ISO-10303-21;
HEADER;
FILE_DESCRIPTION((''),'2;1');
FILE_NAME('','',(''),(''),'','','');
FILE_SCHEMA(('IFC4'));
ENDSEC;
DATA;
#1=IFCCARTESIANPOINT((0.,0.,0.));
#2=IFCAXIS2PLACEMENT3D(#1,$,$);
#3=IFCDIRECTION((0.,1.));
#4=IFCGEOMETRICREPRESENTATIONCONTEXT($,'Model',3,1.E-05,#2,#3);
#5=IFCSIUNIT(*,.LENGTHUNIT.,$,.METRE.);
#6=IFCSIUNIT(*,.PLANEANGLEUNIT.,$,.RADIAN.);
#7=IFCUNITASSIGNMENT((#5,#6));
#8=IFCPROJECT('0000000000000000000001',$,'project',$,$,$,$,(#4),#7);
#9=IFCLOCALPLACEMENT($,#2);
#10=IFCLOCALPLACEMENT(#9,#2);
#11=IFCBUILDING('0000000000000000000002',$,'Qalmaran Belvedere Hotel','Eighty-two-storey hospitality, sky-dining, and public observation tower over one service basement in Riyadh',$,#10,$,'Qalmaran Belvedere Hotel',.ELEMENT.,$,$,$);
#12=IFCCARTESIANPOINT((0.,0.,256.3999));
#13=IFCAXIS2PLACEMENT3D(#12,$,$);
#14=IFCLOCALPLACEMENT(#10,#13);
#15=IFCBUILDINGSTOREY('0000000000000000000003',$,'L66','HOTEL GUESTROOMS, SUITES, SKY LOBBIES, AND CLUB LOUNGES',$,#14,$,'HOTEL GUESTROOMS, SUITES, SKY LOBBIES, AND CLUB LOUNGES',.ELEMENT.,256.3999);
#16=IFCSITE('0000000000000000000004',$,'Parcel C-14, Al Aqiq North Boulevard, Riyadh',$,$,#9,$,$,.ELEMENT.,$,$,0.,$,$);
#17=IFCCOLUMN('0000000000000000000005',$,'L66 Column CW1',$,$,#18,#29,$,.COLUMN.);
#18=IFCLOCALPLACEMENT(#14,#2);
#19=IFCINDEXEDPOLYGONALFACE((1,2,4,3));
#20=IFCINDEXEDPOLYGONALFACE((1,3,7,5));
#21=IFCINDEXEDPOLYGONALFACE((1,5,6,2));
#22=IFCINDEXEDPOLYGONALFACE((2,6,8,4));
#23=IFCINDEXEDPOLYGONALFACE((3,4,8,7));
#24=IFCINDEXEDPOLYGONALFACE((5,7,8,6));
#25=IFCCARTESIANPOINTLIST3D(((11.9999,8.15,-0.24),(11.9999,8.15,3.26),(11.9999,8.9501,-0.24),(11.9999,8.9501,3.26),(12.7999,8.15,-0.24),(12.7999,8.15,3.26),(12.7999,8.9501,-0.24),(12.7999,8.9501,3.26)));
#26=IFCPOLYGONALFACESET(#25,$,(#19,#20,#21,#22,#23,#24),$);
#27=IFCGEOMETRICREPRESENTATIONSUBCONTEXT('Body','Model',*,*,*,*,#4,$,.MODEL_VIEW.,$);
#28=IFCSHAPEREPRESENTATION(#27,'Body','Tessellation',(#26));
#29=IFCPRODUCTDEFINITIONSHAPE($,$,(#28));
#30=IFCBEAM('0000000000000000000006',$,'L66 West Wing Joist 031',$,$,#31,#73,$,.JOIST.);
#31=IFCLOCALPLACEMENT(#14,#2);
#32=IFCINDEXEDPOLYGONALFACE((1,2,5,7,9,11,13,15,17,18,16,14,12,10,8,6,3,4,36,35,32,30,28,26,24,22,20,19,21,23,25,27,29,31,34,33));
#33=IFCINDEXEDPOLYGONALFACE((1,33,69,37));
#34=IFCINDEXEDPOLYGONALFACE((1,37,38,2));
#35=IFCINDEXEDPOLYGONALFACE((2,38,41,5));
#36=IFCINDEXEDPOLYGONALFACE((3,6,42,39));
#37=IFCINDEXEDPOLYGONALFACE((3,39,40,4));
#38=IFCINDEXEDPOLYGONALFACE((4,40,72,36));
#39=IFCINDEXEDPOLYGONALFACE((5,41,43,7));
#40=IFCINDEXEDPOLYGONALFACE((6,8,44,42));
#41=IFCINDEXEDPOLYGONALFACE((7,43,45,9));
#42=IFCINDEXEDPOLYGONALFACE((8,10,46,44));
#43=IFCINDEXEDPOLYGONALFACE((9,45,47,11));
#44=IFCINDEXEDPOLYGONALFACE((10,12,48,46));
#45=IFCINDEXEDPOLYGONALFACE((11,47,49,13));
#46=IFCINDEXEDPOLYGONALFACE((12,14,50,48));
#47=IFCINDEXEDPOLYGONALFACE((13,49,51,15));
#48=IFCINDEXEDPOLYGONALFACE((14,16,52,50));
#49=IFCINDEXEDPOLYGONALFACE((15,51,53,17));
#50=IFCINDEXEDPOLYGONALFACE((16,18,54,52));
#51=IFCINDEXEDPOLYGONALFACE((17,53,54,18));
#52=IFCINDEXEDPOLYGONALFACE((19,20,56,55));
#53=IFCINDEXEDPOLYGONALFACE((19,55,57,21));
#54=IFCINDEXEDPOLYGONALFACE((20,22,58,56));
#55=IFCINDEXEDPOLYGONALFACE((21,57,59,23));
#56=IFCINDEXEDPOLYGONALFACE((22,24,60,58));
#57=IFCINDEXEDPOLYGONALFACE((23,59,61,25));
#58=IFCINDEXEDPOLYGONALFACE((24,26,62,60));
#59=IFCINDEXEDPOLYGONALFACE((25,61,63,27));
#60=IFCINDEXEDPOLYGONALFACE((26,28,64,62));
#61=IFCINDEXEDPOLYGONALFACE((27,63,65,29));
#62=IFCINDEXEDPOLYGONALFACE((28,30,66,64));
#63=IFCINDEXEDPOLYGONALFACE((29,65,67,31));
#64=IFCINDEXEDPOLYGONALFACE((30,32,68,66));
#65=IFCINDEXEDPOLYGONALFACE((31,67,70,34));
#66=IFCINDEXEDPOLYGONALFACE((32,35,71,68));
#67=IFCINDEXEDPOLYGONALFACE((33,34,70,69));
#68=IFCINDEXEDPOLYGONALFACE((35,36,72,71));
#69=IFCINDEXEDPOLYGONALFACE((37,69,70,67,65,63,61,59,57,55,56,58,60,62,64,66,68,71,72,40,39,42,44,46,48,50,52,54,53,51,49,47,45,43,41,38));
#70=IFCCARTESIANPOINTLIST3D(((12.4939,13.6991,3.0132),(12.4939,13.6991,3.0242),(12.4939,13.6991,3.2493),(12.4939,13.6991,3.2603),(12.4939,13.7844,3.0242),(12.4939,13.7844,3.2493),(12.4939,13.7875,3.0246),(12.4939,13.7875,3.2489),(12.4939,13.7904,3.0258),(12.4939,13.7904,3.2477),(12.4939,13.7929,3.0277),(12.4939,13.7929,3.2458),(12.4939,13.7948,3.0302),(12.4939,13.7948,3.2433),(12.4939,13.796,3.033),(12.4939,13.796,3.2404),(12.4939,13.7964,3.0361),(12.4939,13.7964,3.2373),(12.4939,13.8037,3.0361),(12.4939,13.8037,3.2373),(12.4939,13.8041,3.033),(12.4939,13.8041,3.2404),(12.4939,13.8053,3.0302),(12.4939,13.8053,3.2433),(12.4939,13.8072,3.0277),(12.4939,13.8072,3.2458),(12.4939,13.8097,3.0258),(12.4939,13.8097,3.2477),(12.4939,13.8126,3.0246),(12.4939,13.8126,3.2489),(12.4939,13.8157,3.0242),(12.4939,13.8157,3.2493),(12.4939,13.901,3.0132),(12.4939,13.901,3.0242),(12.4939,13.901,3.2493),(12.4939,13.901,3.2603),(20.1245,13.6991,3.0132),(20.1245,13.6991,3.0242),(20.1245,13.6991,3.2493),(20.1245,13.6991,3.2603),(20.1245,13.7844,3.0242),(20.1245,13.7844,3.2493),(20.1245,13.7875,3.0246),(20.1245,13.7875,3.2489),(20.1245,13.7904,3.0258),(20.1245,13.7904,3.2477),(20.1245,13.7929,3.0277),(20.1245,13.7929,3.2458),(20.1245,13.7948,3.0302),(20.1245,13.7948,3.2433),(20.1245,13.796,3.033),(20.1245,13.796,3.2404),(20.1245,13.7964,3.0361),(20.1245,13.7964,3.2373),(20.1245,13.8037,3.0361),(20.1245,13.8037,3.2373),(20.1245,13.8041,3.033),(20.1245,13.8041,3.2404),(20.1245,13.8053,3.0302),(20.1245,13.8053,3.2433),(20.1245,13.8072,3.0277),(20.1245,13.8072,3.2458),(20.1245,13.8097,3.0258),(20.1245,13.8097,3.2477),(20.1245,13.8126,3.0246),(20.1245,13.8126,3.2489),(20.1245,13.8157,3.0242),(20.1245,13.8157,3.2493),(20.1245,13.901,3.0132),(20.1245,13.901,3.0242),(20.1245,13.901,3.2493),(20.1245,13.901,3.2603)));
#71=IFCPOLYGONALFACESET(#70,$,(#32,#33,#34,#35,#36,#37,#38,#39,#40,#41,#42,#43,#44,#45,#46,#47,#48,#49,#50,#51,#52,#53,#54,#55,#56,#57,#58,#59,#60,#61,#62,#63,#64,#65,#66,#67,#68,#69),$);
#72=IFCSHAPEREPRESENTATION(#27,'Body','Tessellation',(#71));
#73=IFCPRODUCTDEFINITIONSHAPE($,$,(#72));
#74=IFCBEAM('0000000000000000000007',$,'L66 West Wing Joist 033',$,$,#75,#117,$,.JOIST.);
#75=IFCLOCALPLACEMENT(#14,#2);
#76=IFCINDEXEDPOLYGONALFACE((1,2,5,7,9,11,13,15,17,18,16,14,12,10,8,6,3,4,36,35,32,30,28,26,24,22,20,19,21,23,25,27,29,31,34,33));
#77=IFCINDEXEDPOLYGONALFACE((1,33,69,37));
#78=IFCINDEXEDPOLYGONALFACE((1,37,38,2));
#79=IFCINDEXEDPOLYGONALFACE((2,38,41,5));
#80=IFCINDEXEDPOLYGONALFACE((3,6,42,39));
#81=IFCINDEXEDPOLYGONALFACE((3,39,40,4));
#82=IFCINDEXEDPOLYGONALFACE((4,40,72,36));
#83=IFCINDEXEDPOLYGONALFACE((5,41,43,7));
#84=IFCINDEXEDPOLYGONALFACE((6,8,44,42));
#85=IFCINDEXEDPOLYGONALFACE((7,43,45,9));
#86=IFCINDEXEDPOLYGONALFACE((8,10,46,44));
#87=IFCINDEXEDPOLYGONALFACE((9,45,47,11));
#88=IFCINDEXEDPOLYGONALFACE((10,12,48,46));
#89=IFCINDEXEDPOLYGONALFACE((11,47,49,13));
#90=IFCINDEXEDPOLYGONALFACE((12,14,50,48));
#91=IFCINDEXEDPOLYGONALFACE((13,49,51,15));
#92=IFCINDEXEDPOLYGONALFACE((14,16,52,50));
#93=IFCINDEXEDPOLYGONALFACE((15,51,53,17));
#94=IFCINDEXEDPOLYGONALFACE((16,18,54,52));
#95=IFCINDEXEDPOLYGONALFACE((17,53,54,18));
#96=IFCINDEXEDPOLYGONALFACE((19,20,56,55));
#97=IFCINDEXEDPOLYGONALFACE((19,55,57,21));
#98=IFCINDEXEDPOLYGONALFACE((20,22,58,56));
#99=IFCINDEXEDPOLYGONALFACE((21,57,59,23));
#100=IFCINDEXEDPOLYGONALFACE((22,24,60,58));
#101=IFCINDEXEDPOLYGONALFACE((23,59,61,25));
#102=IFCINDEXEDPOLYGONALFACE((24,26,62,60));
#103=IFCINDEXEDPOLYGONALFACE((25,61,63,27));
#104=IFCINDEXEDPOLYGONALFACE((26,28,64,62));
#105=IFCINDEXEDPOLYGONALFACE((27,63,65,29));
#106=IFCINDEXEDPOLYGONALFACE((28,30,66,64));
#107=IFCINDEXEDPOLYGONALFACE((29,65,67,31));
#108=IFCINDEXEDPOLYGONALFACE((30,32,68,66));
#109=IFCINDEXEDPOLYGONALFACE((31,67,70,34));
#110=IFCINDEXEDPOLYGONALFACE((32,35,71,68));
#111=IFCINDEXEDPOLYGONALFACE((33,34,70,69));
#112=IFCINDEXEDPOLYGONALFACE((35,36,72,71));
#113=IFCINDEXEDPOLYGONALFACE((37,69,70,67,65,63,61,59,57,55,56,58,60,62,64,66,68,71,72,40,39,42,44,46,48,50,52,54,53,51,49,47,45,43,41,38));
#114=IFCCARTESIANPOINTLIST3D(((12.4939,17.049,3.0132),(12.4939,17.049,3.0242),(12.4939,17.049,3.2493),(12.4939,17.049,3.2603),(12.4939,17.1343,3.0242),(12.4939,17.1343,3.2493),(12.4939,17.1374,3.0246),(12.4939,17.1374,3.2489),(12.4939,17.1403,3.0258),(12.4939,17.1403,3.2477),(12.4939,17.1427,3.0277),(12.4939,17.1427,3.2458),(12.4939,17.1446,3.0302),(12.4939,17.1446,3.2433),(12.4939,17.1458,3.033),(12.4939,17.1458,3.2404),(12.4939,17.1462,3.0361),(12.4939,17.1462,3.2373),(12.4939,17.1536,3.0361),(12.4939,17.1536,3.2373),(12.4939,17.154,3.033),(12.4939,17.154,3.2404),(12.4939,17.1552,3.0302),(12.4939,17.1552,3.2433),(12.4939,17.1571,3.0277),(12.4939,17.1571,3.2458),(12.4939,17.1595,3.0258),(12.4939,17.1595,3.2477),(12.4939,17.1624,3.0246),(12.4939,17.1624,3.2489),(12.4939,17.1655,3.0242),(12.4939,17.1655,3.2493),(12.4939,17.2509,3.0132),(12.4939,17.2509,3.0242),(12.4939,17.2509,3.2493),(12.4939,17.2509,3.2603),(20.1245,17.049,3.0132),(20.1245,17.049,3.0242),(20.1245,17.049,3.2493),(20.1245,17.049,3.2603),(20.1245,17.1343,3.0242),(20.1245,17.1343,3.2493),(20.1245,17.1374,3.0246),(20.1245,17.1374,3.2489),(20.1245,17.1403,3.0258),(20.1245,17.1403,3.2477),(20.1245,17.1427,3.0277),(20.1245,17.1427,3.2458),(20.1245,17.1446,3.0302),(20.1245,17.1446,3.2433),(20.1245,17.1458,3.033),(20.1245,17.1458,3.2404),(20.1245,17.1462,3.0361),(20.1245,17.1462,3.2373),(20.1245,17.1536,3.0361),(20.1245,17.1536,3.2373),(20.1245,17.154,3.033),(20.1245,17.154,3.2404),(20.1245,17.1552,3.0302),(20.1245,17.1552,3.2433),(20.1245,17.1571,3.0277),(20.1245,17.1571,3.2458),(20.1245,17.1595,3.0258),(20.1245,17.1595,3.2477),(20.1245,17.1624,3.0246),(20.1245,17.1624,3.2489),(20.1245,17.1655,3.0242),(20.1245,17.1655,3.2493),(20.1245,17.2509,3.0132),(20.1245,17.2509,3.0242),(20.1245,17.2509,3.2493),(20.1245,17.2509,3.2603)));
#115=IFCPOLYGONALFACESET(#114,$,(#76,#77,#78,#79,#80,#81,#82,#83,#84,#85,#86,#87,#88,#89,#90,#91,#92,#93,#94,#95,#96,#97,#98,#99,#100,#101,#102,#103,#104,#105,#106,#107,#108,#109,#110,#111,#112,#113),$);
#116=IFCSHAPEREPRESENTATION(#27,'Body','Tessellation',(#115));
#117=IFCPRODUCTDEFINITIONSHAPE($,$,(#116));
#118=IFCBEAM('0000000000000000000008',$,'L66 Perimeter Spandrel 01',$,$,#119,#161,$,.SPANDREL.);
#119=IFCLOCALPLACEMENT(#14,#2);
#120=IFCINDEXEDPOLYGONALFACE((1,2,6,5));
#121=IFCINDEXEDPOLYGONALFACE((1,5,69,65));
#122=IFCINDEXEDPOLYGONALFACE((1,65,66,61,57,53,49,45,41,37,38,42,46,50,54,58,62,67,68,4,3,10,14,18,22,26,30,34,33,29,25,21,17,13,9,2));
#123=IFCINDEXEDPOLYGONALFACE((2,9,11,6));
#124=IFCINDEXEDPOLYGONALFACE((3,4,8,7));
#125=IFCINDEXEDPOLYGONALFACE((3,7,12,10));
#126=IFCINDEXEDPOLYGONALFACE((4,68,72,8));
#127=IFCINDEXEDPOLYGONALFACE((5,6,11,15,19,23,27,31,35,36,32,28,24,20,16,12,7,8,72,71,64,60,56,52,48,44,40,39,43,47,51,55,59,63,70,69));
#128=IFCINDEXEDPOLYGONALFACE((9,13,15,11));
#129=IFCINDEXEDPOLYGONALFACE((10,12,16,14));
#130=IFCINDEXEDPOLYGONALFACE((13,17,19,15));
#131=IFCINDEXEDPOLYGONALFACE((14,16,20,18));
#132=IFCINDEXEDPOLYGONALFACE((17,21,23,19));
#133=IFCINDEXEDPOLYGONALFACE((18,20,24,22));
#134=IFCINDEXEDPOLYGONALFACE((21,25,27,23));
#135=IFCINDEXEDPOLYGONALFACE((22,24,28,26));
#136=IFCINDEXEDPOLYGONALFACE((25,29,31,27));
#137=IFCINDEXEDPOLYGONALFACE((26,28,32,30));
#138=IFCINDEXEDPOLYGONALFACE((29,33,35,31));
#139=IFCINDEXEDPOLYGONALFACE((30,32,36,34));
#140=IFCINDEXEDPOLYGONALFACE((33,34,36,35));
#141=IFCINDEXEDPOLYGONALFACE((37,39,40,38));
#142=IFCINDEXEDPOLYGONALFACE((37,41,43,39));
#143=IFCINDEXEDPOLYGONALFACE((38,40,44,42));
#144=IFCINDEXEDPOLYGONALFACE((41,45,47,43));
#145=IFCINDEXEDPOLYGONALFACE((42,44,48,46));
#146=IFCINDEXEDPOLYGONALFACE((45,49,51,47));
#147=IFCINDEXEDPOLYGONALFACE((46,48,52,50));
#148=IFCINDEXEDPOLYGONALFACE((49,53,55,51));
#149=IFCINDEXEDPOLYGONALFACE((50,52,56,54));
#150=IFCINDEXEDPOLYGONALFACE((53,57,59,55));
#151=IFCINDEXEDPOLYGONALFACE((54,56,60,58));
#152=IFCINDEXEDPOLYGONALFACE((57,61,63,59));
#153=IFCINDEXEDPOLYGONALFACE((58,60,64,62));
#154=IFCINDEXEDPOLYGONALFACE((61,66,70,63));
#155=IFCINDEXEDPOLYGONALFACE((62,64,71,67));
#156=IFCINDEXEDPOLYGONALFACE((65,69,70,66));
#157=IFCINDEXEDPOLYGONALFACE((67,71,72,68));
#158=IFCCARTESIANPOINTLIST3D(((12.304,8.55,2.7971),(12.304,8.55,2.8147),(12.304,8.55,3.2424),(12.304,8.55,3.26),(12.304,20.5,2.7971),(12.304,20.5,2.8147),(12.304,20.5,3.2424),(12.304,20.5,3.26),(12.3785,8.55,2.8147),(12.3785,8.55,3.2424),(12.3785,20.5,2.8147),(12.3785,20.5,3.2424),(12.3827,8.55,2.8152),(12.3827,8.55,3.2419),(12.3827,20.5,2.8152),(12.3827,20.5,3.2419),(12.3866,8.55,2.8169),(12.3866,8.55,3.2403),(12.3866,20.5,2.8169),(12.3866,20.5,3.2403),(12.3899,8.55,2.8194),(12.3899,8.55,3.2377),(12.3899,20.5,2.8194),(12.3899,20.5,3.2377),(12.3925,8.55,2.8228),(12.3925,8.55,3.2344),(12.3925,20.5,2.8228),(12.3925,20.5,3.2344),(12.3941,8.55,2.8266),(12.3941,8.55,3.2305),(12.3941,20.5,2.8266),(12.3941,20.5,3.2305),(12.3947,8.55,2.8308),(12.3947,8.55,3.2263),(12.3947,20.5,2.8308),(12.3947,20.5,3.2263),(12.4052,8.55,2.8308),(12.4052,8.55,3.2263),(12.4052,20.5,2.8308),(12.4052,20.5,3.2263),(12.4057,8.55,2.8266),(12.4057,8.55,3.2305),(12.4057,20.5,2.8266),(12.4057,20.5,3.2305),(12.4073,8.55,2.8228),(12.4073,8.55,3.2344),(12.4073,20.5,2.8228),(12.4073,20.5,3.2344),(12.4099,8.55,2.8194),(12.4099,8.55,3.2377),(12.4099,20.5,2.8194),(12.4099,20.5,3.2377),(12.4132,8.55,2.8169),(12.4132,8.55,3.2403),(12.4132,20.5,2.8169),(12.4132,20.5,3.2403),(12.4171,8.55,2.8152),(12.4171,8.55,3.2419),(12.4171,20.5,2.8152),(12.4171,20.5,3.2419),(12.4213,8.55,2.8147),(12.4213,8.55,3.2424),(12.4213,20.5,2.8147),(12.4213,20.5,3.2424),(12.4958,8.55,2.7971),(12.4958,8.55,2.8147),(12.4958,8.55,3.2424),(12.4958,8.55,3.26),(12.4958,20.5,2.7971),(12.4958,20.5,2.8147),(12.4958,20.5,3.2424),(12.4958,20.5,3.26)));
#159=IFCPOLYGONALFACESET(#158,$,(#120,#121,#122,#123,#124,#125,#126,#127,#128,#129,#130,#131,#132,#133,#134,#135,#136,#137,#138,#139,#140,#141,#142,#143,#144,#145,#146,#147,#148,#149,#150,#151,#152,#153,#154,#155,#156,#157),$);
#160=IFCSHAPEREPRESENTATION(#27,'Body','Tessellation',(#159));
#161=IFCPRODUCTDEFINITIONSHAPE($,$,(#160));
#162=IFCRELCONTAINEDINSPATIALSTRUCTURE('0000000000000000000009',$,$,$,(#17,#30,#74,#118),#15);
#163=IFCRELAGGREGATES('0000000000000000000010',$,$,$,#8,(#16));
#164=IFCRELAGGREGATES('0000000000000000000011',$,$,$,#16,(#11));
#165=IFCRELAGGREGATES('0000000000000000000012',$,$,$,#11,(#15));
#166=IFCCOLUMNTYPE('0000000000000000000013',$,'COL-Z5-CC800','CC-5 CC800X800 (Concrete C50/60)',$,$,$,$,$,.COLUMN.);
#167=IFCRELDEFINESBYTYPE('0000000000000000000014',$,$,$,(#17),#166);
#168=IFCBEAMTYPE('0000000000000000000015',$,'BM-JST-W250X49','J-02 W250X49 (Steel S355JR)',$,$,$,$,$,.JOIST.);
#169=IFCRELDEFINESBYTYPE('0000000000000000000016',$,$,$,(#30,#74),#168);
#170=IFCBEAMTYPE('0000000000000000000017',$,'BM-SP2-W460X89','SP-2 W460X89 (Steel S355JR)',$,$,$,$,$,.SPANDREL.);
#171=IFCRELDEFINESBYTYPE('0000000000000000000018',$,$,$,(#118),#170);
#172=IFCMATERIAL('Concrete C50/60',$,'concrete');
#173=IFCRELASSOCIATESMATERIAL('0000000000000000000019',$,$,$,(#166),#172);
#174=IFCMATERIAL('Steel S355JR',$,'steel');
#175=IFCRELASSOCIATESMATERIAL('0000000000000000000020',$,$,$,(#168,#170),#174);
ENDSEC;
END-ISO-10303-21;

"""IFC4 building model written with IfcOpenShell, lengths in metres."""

from ifc_helpers import new_model, si_unit, direction, frame, origin, origin_2d, place, context, subcontext, project, spatial, rectangle, i_section, extrude, material, material_profile, profile_set, type_object, element, save


model = new_model("IFC4")

# Units and contexts
model_context = context("Model", 3, precision=1e-05, world=origin(), true_north=direction((0.0, 1.0)))
body_context = subcontext(model_context, "Body", "Model", "MODEL_VIEW")
ifc_project = project(units=[si_unit("LENGTHUNIT", "METRE"), si_unit("PLANEANGLEUNIT", "RADIAN")], contexts=[model_context])

# Site, building, storey
site_placement = place(None, origin())
site = spatial("IfcSite", under=ifc_project, at=site_placement, Name="Parcel C-14, Al Aqiq North Boulevard, Riyadh", CompositionType="ELEMENT", RefElevation=0.0)
building_placement = place(site_placement, origin())
building = spatial("IfcBuilding", under=site, at=building_placement, Name="Qalmaran Belvedere Hotel", Description="Eighty-two-storey hospitality, sky-dining, and public observation tower over one service basement in Riyadh", LongName="Qalmaran Belvedere Hotel", CompositionType="ELEMENT")
storey_placement = place(building_placement, frame((0.0, 0.0, 256.3999)))
storey = spatial("IfcBuildingStorey", under=building, at=storey_placement, Name="L66", Description="HOTEL GUESTROOMS, SUITES, SKY LOBBIES, AND CLUB LOUNGES", LongName="HOTEL GUESTROOMS, SUITES, SKY LOBBIES, AND CLUB LOUNGES", CompositionType="ELEMENT", Elevation=256.3999)

# Column
ifc_material_1 = material(Name="Concrete C50/60", Category="concrete")
ifc_material_profile_1 = material_profile(ifc_material_1, rectangle(XDim=0.8, YDim=0.8, at=origin_2d()), Name="CC800X800")
ifc_profile_set_1 = profile_set([ifc_material_profile_1], Name="Concrete C50/60")
column_type = type_object("IfcColumnType", Name="COL-Z5-CC800", Description="CC-5 CC800X800 (Concrete C50/60)", PredefinedType="COLUMN", material=ifc_profile_set_1)
column_placement = place(storey_placement, frame((12.3999, 8.55, -0.24), z_axis=(0.0, 0.0, 1.0), x_axis=(1.0, 0.0, 0.0)))
element("IfcColumn", 1, at=column_placement, inside=storey, type_object=column_type, Name="L66 Column CW1", PredefinedType="COLUMN", context=body_context, shape_type="SweptSolid", body=[
    extrude(rectangle(XDim=0.8, YDim=0.8, at=origin_2d()), origin(), (0.0, 0.0, 1.0), 3.5),
])

# Beams
ifc_material_2 = material(Name="Steel S355JR", Category="steel")
ifc_material_profile_2 = material_profile(ifc_material_2, i_section(OverallWidth=0.2019, OverallDepth=0.2471, WebThickness=0.0073, FlangeThickness=0.011, FilletRadius=0.012, at=origin_2d()), Name="W250X49")
ifc_profile_set_2 = profile_set([ifc_material_profile_2], Name="Steel S355JR")
beam_type_1 = type_object("IfcBeamType", Name="BM-JST-W250X49", Description="J-02 W250X49 (Steel S355JR)", PredefinedType="JOIST", material=ifc_profile_set_2)
for number, where, z_axis, x_axis, name in (
    (2, (12.4939, 13.8, 3.1367), (1.0, 0.0, 0.0), (0.0, 1.0, 0.0), "L66 West Wing Joist 031"),
    (3, (12.4939, 17.1499, 3.1367), (1.0, 0.0, 0.0), (0.0, 1.0, 0.0), "L66 West Wing Joist 033"),
):
    element("IfcBeam", number, at=place(storey_placement, frame(where, z_axis=z_axis, x_axis=x_axis)), inside=storey, type_object=beam_type_1, Name=name, PredefinedType="JOIST", context=body_context, shape_type="SweptSolid", body=[
        extrude(i_section(OverallWidth=0.2019, OverallDepth=0.2471, WebThickness=0.0073, FlangeThickness=0.011, FilletRadius=0.012, at=origin_2d()), origin(), (0.0, 0.0, 1.0), 7.6306),
    ])
ifc_material_profile_3 = material_profile(ifc_material_2, i_section(OverallWidth=0.1919, OverallDepth=0.4629, WebThickness=0.0105, FlangeThickness=0.0176, FilletRadius=0.0161, at=origin_2d()), Name="W460X89")
ifc_profile_set_3 = profile_set([ifc_material_profile_3], Name="Steel S355JR")
beam_type_2 = type_object("IfcBeamType", Name="BM-SP2-W460X89", Description="SP-2 W460X89 (Steel S355JR)", PredefinedType="SPANDREL", material=ifc_profile_set_3)
beam_1_placement = place(storey_placement, frame((12.3999, 8.55, 3.0286), z_axis=(0.0, 1.0, 0.0), x_axis=(-1.0, 0.0, 0.0)))
element("IfcBeam", 4, at=beam_1_placement, inside=storey, type_object=beam_type_2, Name="L66 Perimeter Spandrel 01", PredefinedType="SPANDREL", context=body_context, shape_type="SweptSolid", body=[
    extrude(i_section(OverallWidth=0.1919, OverallDepth=0.4629, WebThickness=0.0105, FlangeThickness=0.0176, FilletRadius=0.0161, at=origin_2d()), origin(), (0.0, 0.0, 1.0), 11.95),
])

save(model, "model.ifc")
